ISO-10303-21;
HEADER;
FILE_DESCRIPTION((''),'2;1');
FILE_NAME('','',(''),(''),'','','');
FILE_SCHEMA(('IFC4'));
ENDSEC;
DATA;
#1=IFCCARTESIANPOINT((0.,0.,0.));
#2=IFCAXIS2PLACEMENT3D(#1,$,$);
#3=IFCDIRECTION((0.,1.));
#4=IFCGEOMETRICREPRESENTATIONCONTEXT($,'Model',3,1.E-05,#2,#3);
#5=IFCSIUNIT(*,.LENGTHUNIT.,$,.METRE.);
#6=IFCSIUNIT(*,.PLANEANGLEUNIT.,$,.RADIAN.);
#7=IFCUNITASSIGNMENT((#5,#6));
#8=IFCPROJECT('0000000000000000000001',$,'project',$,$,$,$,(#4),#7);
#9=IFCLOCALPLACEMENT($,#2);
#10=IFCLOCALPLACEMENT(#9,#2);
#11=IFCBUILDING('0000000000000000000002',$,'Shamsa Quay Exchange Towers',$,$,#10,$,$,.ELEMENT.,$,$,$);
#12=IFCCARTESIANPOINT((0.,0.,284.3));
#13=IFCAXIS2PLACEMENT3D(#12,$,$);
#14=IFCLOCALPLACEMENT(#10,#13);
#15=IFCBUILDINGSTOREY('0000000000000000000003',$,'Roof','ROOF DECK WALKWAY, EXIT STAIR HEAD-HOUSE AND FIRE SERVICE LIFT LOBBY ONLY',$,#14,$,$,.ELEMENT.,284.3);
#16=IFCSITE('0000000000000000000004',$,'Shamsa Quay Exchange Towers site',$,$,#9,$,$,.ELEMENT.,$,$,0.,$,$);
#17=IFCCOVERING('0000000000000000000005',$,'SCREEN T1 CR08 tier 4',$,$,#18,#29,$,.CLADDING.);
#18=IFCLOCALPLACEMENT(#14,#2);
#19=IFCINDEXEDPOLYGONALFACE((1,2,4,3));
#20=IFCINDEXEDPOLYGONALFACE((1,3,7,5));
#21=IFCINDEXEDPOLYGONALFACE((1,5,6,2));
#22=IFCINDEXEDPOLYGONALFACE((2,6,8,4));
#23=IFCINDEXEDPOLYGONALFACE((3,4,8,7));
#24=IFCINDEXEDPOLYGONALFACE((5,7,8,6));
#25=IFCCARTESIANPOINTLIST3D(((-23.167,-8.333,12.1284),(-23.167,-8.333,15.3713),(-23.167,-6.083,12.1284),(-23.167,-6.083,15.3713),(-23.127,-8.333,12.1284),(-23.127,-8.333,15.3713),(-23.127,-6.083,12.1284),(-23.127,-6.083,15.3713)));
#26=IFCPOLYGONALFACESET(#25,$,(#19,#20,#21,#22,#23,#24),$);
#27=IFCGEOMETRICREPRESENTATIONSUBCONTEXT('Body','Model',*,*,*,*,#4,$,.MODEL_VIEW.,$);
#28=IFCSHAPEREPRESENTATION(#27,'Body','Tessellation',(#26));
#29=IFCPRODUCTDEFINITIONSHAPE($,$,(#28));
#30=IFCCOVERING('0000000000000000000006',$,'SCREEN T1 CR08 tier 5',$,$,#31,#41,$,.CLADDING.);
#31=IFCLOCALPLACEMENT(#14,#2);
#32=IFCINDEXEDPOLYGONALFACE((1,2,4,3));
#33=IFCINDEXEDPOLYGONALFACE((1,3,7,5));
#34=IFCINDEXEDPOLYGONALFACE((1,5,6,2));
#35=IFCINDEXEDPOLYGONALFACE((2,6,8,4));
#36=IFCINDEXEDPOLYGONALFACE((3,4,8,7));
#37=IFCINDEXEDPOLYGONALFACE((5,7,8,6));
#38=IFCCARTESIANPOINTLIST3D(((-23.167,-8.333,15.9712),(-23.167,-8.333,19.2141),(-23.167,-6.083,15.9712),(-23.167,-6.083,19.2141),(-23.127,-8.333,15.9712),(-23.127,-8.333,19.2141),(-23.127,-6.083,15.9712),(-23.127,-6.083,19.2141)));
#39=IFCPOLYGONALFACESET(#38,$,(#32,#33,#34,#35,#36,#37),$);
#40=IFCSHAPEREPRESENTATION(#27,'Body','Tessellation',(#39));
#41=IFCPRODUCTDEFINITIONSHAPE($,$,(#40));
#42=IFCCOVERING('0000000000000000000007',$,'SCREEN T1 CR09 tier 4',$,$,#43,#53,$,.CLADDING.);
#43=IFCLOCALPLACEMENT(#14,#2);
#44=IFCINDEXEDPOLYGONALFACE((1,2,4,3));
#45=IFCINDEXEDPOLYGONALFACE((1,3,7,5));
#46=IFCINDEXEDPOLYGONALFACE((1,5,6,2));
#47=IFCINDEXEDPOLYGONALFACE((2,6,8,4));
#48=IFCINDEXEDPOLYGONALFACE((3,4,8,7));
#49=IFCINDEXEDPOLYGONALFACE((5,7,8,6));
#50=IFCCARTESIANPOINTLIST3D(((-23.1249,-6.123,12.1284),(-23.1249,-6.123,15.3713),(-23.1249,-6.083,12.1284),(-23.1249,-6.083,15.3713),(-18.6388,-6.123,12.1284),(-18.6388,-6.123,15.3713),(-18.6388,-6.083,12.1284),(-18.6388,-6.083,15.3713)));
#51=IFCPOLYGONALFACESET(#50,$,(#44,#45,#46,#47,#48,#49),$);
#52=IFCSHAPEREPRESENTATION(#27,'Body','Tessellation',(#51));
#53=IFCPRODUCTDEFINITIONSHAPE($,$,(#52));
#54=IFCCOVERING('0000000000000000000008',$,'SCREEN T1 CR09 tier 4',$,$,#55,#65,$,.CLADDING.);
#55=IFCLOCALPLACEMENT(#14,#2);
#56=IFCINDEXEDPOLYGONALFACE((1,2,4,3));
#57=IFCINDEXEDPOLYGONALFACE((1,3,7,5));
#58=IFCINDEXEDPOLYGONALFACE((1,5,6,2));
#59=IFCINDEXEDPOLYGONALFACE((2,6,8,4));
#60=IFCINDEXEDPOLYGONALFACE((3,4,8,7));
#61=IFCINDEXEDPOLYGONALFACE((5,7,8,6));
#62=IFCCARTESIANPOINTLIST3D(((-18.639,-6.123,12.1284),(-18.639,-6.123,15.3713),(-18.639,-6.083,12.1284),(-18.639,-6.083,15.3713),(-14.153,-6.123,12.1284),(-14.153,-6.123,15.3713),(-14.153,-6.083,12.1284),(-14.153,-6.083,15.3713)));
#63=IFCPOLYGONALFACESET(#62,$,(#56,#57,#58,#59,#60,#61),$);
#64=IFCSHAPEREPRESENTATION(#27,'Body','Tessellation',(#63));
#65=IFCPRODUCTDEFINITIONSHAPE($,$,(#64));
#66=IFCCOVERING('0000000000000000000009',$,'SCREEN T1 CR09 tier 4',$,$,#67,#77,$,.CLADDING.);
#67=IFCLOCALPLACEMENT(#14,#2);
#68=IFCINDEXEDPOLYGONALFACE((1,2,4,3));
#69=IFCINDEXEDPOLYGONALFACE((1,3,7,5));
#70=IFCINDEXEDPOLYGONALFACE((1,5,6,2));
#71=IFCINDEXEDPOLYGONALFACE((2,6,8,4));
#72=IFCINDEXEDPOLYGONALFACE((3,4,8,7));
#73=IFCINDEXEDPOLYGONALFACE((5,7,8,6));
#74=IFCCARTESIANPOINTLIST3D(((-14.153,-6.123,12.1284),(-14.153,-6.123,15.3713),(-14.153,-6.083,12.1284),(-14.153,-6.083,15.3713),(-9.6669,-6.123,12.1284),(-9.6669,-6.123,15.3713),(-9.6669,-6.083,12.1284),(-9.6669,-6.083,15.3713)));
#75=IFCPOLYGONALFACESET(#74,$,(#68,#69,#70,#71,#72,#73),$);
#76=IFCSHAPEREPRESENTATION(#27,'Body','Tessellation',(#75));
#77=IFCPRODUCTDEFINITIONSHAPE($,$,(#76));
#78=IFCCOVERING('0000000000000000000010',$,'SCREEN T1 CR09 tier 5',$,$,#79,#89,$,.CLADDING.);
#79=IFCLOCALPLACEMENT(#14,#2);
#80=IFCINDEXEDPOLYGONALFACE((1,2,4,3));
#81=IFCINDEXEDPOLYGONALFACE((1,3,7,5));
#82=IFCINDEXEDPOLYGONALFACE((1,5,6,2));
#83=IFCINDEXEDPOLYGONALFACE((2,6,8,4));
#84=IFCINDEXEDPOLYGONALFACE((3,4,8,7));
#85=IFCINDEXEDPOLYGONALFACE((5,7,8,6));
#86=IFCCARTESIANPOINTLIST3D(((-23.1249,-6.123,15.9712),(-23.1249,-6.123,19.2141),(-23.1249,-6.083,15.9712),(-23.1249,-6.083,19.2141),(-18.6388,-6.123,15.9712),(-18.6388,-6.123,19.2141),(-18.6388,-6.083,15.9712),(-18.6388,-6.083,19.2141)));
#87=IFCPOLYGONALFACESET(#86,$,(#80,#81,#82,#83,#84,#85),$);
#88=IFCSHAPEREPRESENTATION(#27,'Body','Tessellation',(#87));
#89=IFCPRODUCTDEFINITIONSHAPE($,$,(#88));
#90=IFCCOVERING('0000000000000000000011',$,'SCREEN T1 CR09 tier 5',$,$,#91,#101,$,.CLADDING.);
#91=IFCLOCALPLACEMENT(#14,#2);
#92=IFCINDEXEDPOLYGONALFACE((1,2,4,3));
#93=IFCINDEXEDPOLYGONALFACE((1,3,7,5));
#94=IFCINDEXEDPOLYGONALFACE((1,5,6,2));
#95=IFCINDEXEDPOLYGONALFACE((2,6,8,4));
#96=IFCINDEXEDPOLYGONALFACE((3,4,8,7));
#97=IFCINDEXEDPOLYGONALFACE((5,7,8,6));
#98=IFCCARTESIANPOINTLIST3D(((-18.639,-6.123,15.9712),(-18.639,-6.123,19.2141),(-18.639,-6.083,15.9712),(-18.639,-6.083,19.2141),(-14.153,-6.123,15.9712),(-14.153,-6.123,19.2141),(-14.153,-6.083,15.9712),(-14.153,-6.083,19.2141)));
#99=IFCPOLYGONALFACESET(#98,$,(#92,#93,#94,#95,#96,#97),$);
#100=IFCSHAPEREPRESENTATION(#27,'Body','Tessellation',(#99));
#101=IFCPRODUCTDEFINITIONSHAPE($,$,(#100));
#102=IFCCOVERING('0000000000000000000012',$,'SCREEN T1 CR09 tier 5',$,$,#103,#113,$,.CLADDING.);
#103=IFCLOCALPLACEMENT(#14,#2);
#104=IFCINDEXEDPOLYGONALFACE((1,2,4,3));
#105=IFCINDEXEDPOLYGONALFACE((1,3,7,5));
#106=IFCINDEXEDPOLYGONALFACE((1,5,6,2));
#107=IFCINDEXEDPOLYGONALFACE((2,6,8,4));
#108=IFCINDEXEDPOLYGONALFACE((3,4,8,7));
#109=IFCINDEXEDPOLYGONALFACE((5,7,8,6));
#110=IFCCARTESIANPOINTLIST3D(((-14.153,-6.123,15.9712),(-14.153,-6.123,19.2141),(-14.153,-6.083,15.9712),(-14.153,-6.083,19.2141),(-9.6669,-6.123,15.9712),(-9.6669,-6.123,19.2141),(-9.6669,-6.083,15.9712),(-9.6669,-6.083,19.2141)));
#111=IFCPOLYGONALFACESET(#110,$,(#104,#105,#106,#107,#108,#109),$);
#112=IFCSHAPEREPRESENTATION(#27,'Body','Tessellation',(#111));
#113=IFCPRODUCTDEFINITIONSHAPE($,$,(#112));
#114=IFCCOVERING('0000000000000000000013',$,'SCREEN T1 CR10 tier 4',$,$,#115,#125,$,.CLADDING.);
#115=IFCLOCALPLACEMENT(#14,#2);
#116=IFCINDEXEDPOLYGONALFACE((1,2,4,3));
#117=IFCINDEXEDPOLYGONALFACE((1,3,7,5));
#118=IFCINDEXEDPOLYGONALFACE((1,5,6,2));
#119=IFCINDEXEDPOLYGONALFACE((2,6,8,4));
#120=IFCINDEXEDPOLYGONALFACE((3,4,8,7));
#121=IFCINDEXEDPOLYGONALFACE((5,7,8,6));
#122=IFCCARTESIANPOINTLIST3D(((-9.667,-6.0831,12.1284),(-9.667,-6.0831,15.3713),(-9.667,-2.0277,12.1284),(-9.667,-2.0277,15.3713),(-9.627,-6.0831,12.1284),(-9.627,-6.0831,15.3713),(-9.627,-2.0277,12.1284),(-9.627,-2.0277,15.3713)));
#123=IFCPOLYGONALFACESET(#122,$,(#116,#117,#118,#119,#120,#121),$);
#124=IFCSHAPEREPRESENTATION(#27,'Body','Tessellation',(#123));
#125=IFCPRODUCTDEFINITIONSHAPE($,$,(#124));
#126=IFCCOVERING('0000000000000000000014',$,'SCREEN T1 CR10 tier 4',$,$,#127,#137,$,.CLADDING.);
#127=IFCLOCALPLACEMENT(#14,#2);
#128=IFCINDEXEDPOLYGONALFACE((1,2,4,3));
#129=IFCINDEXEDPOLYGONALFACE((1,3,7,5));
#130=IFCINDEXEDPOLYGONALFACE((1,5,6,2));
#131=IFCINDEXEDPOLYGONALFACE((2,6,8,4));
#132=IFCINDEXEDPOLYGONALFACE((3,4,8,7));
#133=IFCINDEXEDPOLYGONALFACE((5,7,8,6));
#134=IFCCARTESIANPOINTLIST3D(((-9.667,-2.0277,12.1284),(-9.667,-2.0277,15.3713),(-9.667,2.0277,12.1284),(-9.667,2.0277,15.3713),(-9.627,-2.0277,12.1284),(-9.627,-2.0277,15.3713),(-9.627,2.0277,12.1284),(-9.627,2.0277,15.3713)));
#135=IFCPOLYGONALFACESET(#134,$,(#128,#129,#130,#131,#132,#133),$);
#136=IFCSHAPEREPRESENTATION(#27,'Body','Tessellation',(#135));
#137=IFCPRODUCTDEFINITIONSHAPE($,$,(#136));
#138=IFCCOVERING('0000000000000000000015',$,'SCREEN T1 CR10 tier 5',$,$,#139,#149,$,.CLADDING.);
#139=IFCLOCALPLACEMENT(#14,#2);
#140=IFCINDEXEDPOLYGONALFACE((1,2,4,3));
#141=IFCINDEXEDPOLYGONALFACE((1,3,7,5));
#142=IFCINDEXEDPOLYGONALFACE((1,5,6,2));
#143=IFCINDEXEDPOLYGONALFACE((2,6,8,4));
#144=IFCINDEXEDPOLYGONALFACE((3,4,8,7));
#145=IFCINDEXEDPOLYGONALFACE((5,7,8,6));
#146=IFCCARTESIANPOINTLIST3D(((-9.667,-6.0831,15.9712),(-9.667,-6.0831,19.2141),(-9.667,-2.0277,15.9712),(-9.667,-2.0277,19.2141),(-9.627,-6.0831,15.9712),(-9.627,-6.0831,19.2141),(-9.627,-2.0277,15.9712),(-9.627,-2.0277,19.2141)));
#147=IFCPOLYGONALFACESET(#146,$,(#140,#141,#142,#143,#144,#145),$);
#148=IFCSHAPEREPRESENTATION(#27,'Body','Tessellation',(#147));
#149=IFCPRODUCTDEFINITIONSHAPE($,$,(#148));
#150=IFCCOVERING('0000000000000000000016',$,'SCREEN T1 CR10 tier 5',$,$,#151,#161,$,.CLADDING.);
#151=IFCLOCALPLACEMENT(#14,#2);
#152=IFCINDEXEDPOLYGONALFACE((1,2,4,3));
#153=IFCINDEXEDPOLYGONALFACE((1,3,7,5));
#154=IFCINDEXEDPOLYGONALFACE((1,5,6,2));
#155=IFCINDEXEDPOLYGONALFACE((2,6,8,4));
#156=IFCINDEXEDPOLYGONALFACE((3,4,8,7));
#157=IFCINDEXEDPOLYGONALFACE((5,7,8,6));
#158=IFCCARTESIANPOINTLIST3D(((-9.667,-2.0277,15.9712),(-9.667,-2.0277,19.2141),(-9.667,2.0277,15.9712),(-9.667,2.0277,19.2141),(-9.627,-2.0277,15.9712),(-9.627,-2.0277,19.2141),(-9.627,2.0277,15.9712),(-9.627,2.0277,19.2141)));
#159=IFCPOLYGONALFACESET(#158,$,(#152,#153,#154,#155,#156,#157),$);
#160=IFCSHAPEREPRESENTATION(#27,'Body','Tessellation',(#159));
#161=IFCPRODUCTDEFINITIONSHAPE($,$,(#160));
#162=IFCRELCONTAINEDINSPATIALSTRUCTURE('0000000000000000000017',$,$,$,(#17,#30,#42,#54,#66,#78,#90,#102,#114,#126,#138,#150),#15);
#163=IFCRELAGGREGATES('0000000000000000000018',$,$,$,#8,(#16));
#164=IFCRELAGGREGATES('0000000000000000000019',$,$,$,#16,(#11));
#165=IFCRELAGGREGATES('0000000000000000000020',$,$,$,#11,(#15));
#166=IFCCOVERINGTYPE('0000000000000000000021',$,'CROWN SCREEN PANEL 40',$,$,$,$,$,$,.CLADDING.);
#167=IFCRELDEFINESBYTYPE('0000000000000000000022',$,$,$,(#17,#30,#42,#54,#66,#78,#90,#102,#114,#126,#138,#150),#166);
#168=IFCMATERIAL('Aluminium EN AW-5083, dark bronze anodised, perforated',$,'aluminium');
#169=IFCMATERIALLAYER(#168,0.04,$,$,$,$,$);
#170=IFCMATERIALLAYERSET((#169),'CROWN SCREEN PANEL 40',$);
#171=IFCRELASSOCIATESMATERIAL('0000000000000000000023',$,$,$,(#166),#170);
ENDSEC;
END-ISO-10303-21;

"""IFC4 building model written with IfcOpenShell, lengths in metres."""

from ifc_helpers import new_model, si_unit, direction, frame, origin, origin_2d, place, context, subcontext, project, spatial, rectangle, extrude, material, layer, layer_set, type_object, element, save


model = new_model("IFC4")

# Units and contexts
model_context = context("Model", 3, precision=1e-05, world=origin(), true_north=direction((0.0, 1.0)))
body_context = subcontext(model_context, "Body", "Model", "MODEL_VIEW")
ifc_project = project(units=[si_unit("LENGTHUNIT", "METRE"), si_unit("PLANEANGLEUNIT", "RADIAN")], contexts=[model_context])

# Site, building, storey
site_placement = place(None, origin())
site = spatial("IfcSite", under=ifc_project, at=site_placement, Name="Shamsa Quay Exchange Towers site", CompositionType="ELEMENT", RefElevation=0.0)
building_placement = place(site_placement, origin())
building = spatial("IfcBuilding", under=site, at=building_placement, Name="Shamsa Quay Exchange Towers", CompositionType="ELEMENT")
storey_placement = place(building_placement, frame((0.0, 0.0, 284.3)))
storey = spatial("IfcBuildingStorey", under=building, at=storey_placement, Name="Roof", Description="ROOF DECK WALKWAY, EXIT STAIR HEAD-HOUSE AND FIRE SERVICE LIFT LOBBY ONLY", CompositionType="ELEMENT", Elevation=284.3)

# Coverings
ifc_material_1 = material(Name="Aluminium EN AW-5083, dark bronze anodised, perforated", Category="aluminium")
ifc_layer = layer(ifc_material_1, 0.04)
ifc_layer_set = layer_set([ifc_layer], Name="CROWN SCREEN PANEL 40")
covering_type = type_object("IfcCoveringType", Name="CROWN SCREEN PANEL 40", PredefinedType="CLADDING", material=ifc_layer_set)
for number, where, z_axis, x_axis, name in (
    (1, (-23.147, -7.208, 12.1284), (0.0, 0.0, 1.0), (0.0, 1.0, 0.0), "SCREEN T1 CR08 tier 4"),
    (2, (-23.147, -7.208, 15.9712), (0.0, 0.0, 1.0), (0.0, 1.0, 0.0), "SCREEN T1 CR08 tier 5"),
):
    element("IfcCovering", number, at=place(storey_placement, frame(where, z_axis=z_axis, x_axis=x_axis)), inside=storey, type_object=covering_type, Name=name, PredefinedType="CLADDING", context=body_context, shape_type="SweptSolid", body=[
        extrude(rectangle(XDim=2.25, YDim=0.04, at=origin_2d()), origin(), (0.0, 0.0, 1.0), 3.2429),
    ])
for number, where, name in (
    (3, (-20.8818, -6.103, 12.1284), "SCREEN T1 CR09 tier 4"),
    (4, (-16.396, -6.103, 12.1284), "SCREEN T1 CR09 tier 4"),
    (5, (-11.9099, -6.103, 12.1284), "SCREEN T1 CR09 tier 4"),
    (6, (-20.8818, -6.103, 15.9712), "SCREEN T1 CR09 tier 5"),
    (7, (-16.396, -6.103, 15.9712), "SCREEN T1 CR09 tier 5"),
    (8, (-11.9099, -6.103, 15.9712), "SCREEN T1 CR09 tier 5"),
):
    element("IfcCovering", number, at=place(storey_placement, frame(where)), inside=storey, type_object=covering_type, Name=name, PredefinedType="CLADDING", context=body_context, shape_type="SweptSolid", body=[
        extrude(rectangle(XDim=4.4861, YDim=0.04, at=origin_2d()), origin(), (0.0, 0.0, 1.0), 3.2429),
    ])
for number, where, z_axis, x_axis, name in (
    (9, (-9.647, -4.0554, 12.1284), (0.0, 0.0, 1.0), (0.0, 1.0, 0.0), "SCREEN T1 CR10 tier 4"),
    (10, (-9.647, 0.0, 12.1284), (0.0, 0.0, 1.0), (0.0, 1.0, 0.0), "SCREEN T1 CR10 tier 4"),
    (11, (-9.647, -4.0554, 15.9712), (0.0, 0.0, 1.0), (0.0, 1.0, 0.0), "SCREEN T1 CR10 tier 5"),
    (12, (-9.647, 0.0, 15.9712), (0.0, 0.0, 1.0), (0.0, 1.0, 0.0), "SCREEN T1 CR10 tier 5"),
):
    element("IfcCovering", number, at=place(storey_placement, frame(where, z_axis=z_axis, x_axis=x_axis)), inside=storey, type_object=covering_type, Name=name, PredefinedType="CLADDING", context=body_context, shape_type="SweptSolid", body=[
        extrude(rectangle(XDim=4.0554, YDim=0.04, at=origin_2d()), origin(), (0.0, 0.0, 1.0), 3.2429),
    ])

save(model, "model.ifc")
